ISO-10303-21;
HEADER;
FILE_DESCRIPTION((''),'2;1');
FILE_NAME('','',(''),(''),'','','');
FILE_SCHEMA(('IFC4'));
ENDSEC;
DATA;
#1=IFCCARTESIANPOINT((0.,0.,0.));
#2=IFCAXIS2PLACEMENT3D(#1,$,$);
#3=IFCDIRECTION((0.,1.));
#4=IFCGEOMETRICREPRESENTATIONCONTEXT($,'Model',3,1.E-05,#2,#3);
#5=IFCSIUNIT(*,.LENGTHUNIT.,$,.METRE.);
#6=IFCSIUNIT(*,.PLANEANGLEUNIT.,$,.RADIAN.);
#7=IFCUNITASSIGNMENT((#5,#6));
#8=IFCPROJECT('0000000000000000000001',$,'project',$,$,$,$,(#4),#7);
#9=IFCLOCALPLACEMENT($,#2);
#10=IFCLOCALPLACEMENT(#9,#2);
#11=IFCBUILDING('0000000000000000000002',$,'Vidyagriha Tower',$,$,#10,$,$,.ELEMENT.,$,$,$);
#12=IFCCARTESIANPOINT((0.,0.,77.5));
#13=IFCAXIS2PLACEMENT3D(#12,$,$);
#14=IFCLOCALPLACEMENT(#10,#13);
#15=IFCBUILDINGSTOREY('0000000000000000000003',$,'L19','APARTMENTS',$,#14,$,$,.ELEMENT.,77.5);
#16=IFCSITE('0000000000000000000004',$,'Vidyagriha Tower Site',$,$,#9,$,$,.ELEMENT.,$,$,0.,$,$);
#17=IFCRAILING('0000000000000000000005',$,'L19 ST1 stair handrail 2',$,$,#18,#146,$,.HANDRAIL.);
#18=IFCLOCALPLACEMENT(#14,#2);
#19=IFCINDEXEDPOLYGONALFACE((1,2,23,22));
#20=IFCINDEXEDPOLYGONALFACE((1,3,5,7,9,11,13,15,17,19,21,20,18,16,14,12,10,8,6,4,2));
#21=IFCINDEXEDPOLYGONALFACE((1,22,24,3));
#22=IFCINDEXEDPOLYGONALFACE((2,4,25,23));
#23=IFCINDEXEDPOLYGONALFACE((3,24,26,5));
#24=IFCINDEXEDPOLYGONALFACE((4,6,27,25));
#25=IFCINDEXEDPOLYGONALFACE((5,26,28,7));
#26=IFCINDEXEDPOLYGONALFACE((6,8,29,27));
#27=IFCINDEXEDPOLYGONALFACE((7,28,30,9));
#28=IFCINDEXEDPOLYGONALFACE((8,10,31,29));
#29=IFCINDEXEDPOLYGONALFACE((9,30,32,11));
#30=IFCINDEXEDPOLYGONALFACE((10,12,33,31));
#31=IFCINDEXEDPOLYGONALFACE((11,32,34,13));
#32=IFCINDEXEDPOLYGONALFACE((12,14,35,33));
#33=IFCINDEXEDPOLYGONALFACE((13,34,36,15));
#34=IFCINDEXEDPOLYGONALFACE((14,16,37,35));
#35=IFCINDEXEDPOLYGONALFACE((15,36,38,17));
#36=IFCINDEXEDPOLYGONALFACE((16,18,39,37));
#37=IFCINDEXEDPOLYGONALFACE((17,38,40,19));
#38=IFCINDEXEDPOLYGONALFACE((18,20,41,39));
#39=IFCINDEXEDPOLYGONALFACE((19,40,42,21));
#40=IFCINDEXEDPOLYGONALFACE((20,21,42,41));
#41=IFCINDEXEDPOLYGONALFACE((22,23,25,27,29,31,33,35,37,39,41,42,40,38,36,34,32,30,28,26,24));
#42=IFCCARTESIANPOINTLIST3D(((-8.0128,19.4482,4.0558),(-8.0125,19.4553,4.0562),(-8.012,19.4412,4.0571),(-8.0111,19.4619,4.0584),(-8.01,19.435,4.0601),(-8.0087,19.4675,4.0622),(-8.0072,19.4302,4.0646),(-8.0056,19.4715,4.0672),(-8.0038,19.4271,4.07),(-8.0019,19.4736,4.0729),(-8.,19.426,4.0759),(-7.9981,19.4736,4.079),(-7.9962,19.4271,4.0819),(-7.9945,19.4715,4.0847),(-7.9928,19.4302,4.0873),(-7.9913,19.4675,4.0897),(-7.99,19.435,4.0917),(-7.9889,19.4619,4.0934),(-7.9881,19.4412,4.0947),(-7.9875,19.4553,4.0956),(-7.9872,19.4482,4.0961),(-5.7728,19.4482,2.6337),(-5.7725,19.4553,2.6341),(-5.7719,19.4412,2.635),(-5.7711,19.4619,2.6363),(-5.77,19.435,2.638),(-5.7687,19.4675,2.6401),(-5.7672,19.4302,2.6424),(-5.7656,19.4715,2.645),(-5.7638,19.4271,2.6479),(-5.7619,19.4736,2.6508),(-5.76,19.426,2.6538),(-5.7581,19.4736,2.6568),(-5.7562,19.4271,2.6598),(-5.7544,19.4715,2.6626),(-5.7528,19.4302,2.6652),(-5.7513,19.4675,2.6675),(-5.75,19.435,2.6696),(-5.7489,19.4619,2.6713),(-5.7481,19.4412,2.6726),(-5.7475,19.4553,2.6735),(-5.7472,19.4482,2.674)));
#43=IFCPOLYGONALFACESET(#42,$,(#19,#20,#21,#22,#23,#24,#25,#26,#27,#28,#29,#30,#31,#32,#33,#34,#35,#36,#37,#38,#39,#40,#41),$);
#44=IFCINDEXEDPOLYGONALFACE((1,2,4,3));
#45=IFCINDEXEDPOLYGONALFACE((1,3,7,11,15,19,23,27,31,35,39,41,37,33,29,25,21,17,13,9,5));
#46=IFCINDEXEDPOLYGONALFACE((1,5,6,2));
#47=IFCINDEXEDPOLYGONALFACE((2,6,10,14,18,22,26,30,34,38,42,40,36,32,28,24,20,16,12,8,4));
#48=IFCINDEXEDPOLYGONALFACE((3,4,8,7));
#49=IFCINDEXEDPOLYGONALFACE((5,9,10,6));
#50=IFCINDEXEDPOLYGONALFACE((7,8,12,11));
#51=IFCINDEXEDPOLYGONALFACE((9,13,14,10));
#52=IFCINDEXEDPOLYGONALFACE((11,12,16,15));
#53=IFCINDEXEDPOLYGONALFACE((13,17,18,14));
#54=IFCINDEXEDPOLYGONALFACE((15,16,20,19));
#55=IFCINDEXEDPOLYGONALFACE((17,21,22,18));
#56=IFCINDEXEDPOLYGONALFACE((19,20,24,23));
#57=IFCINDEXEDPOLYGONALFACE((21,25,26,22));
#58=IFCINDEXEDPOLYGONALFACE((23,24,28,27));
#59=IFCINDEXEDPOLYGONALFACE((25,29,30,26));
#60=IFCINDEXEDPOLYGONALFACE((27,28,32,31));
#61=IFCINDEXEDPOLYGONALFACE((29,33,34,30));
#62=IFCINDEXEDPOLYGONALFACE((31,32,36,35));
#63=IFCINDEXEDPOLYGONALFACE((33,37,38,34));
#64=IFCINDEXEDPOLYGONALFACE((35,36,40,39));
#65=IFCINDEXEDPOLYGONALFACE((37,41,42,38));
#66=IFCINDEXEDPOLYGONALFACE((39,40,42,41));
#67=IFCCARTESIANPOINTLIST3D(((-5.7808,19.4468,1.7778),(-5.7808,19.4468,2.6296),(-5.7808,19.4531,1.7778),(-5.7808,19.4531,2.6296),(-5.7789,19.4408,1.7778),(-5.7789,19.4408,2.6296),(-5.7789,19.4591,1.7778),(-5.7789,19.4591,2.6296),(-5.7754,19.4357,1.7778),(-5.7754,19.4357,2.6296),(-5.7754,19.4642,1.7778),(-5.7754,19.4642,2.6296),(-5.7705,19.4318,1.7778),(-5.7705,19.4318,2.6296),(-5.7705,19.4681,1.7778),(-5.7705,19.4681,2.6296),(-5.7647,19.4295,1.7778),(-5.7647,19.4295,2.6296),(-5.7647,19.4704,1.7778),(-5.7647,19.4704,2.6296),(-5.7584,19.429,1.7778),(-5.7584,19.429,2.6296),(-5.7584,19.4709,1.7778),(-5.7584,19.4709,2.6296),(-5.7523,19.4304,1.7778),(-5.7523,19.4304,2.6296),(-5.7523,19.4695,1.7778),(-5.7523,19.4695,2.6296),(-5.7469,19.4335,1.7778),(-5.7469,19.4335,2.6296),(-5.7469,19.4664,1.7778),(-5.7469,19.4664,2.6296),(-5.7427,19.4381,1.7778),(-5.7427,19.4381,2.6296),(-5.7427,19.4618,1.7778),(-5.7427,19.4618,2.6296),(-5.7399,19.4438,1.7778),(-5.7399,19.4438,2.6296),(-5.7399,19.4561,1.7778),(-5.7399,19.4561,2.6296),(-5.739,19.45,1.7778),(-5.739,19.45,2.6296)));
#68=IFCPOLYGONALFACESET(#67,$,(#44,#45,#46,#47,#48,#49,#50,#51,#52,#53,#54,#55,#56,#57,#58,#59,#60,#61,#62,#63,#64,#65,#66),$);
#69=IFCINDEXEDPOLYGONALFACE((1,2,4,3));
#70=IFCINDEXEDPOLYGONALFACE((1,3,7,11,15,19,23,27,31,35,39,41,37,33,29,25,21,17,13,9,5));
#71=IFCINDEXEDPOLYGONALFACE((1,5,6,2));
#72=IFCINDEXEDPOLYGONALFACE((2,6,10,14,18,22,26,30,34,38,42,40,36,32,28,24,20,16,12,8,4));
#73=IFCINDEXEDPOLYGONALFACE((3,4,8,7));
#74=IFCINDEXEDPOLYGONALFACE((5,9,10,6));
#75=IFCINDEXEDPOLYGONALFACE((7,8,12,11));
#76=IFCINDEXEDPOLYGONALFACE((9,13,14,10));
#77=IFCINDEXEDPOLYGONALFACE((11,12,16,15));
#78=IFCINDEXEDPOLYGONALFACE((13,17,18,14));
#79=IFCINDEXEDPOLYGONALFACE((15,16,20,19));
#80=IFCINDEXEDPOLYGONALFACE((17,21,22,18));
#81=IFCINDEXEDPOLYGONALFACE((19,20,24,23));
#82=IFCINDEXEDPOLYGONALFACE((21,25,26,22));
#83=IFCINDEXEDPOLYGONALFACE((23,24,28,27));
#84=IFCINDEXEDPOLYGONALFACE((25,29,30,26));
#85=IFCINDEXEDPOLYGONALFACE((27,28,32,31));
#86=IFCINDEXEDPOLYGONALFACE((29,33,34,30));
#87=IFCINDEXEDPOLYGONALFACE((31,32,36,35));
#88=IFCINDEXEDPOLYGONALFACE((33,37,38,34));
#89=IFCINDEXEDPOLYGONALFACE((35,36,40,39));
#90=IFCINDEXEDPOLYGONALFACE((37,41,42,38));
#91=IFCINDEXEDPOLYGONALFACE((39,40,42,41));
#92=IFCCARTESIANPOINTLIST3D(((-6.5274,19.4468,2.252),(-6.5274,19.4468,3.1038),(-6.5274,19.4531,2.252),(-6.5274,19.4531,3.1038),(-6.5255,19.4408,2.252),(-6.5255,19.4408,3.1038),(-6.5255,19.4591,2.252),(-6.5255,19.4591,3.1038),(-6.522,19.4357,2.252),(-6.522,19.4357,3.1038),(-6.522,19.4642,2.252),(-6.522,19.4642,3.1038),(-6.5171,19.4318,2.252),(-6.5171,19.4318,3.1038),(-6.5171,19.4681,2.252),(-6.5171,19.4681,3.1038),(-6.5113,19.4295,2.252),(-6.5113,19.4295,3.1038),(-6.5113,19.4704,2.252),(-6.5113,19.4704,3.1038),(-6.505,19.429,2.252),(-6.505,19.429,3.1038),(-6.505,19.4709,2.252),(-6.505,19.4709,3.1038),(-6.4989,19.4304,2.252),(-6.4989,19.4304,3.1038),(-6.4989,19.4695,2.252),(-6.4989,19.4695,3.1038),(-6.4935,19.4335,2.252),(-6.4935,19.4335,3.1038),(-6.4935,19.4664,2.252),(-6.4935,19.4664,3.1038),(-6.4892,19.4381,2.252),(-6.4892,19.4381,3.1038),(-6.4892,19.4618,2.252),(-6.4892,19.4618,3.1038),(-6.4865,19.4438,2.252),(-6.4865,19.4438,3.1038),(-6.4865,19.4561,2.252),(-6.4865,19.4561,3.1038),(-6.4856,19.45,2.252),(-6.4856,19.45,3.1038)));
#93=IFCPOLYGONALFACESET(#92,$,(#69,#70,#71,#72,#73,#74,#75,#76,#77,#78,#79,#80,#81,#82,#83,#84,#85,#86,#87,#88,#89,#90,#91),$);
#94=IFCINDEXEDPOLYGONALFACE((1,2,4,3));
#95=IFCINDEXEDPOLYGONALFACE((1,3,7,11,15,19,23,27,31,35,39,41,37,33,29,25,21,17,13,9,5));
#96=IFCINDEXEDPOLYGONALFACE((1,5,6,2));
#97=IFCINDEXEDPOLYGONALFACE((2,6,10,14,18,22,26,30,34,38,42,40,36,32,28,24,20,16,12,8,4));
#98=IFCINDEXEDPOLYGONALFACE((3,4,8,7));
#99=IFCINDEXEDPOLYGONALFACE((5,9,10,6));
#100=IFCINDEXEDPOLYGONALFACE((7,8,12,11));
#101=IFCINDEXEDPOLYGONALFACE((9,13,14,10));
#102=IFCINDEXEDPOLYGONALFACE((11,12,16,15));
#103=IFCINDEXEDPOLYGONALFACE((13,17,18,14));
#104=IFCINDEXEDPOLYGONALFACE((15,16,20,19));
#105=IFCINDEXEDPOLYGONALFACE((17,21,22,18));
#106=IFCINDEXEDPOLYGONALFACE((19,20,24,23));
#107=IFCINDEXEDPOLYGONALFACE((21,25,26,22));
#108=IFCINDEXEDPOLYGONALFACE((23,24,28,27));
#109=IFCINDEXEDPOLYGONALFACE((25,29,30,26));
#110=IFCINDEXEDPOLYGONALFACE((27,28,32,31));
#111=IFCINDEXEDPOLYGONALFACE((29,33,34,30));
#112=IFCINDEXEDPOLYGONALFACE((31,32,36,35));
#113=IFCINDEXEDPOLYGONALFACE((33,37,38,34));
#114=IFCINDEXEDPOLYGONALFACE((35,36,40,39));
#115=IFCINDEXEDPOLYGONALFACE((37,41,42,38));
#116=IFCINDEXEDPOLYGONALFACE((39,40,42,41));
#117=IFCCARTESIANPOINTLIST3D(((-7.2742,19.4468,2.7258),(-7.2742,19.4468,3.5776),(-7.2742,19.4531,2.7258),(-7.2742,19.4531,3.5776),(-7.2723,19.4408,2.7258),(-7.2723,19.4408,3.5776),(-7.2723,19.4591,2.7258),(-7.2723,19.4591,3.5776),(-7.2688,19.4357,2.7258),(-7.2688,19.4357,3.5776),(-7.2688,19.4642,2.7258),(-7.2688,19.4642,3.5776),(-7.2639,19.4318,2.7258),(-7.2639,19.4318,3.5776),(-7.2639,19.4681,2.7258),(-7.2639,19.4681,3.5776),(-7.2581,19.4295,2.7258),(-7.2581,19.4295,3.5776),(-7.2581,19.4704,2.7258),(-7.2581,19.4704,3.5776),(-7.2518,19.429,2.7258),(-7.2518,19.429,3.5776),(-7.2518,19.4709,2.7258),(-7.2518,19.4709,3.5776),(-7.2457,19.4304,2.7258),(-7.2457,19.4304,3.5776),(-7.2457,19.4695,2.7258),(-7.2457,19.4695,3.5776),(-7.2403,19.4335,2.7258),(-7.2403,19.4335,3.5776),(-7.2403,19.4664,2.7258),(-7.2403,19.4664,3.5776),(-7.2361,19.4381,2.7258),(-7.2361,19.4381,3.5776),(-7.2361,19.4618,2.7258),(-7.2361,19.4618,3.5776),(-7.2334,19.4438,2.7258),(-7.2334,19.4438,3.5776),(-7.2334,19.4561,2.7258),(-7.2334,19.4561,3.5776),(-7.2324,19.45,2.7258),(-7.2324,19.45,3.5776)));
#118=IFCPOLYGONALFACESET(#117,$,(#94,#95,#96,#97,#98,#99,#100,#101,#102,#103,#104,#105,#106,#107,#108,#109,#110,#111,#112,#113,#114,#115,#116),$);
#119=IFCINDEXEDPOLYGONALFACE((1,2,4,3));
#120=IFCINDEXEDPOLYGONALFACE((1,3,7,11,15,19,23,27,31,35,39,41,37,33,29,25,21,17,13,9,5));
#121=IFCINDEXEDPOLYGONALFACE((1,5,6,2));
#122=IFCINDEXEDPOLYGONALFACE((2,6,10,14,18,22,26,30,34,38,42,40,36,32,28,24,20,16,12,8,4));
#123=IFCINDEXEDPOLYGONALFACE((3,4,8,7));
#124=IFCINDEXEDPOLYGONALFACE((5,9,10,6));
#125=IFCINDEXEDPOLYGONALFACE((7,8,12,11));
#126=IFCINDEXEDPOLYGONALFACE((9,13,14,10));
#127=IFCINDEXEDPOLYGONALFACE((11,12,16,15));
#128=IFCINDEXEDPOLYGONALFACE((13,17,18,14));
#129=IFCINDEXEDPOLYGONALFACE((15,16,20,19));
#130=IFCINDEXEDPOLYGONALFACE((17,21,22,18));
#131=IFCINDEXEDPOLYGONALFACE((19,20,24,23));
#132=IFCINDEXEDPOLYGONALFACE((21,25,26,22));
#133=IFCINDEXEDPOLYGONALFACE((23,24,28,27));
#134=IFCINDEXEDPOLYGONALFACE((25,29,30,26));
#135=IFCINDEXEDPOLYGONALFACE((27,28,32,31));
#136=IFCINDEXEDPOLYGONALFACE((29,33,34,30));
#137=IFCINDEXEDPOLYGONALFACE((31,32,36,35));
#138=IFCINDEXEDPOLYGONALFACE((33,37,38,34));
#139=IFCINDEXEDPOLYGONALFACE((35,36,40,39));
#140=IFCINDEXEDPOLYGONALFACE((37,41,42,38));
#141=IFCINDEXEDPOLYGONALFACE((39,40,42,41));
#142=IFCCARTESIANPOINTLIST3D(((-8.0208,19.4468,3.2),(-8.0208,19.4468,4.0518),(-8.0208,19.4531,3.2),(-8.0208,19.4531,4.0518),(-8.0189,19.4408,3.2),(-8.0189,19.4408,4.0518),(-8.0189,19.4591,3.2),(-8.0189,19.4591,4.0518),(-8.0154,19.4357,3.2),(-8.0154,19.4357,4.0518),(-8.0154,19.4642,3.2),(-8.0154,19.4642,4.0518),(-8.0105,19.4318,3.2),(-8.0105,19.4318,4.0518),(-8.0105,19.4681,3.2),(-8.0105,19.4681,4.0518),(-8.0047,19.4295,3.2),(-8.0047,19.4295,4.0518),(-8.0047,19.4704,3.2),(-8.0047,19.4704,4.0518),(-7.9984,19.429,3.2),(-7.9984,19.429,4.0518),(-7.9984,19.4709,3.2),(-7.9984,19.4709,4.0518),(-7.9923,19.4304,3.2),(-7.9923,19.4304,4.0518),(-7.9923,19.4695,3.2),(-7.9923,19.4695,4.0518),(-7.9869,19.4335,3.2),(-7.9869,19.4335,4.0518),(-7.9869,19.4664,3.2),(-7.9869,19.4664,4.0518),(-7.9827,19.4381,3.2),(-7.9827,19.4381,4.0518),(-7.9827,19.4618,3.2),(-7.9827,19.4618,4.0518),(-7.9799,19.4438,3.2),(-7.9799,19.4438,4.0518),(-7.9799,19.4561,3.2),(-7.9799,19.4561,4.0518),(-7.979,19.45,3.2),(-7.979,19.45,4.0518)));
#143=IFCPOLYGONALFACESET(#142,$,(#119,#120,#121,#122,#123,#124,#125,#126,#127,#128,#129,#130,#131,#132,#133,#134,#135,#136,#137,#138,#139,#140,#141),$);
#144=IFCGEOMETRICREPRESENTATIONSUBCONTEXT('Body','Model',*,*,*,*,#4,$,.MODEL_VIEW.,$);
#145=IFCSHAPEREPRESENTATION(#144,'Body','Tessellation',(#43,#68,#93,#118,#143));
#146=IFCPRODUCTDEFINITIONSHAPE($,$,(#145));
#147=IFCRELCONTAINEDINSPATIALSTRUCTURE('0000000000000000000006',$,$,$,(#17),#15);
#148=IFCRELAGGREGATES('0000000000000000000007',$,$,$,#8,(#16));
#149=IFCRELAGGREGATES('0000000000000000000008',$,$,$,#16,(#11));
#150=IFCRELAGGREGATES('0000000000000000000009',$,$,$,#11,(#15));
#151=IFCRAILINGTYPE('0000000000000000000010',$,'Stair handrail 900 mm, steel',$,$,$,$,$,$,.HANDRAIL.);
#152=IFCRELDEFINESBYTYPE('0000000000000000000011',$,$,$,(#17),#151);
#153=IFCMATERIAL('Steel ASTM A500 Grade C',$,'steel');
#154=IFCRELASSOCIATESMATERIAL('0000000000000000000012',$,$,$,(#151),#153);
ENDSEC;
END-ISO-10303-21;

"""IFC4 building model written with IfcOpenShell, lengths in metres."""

from ifc_helpers import new_model, si_unit, direction, frame, origin, origin_2d, place, context, subcontext, project, spatial, circle, extrude, material, type_object, element, save


model = new_model("IFC4")

# Units and contexts
model_context = context("Model", 3, precision=1e-05, world=origin(), true_north=direction((0.0, 1.0)))
body_context = subcontext(model_context, "Body", "Model", "MODEL_VIEW")
ifc_project = project(units=[si_unit("LENGTHUNIT", "METRE"), si_unit("PLANEANGLEUNIT", "RADIAN")], contexts=[model_context])

# Site, building, storey
site_placement = place(None, origin())
site = spatial("IfcSite", under=ifc_project, at=site_placement, Name="Vidyagriha Tower Site", CompositionType="ELEMENT", RefElevation=0.0)
building_placement = place(site_placement, origin())
building = spatial("IfcBuilding", under=site, at=building_placement, Name="Vidyagriha Tower", CompositionType="ELEMENT")
storey_placement = place(building_placement, frame((0.0, 0.0, 77.5)))
storey = spatial("IfcBuildingStorey", under=building, at=storey_placement, Name="L19", Description="APARTMENTS", CompositionType="ELEMENT", Elevation=77.5)

# Railing
ifc_material_1 = material(Name="Steel ASTM A500 Grade C", Category="steel")
railing_type_1 = type_object("IfcRailingType", Name="Stair handrail 900 mm, steel", PredefinedType="HANDRAIL", material=ifc_material_1)
railing_1_placement = place(storey_placement, frame((-5.76, 19.45, 1.7778)))
element("IfcRailing", 1, at=railing_1_placement, inside=storey, type_object=railing_type_1, Name="L19 ST1 stair handrail 2", PredefinedType="HANDRAIL", context=body_context, shape_type="SweptSolid", body=[
    extrude(circle(Radius=0.0239, at=origin_2d()), frame((0.0, 0.0, 0.876), z_axis=(-0.844229, 0.0, 0.535982), x_axis=(0.0, -1.0, 0.0)), (0.0, 0.0, 1.0), 2.6533),
    extrude(circle(Radius=0.021, at=origin_2d()), origin(), (0.0, 0.0, 1.0), 0.8518),
    extrude(circle(Radius=0.021, at=origin_2d()), frame((-0.7466, 0.0, 0.4741)), (0.0, 0.0, 1.0), 0.8518),
    extrude(circle(Radius=0.021, at=origin_2d()), frame((-1.4934, 0.0, 0.948)), (0.0, 0.0, 1.0), 0.8518),
    extrude(circle(Radius=0.021, at=origin_2d()), frame((-2.24, 0.0, 1.4221)), (0.0, 0.0, 1.0), 0.8518),
])

save(model, "model.ifc")
